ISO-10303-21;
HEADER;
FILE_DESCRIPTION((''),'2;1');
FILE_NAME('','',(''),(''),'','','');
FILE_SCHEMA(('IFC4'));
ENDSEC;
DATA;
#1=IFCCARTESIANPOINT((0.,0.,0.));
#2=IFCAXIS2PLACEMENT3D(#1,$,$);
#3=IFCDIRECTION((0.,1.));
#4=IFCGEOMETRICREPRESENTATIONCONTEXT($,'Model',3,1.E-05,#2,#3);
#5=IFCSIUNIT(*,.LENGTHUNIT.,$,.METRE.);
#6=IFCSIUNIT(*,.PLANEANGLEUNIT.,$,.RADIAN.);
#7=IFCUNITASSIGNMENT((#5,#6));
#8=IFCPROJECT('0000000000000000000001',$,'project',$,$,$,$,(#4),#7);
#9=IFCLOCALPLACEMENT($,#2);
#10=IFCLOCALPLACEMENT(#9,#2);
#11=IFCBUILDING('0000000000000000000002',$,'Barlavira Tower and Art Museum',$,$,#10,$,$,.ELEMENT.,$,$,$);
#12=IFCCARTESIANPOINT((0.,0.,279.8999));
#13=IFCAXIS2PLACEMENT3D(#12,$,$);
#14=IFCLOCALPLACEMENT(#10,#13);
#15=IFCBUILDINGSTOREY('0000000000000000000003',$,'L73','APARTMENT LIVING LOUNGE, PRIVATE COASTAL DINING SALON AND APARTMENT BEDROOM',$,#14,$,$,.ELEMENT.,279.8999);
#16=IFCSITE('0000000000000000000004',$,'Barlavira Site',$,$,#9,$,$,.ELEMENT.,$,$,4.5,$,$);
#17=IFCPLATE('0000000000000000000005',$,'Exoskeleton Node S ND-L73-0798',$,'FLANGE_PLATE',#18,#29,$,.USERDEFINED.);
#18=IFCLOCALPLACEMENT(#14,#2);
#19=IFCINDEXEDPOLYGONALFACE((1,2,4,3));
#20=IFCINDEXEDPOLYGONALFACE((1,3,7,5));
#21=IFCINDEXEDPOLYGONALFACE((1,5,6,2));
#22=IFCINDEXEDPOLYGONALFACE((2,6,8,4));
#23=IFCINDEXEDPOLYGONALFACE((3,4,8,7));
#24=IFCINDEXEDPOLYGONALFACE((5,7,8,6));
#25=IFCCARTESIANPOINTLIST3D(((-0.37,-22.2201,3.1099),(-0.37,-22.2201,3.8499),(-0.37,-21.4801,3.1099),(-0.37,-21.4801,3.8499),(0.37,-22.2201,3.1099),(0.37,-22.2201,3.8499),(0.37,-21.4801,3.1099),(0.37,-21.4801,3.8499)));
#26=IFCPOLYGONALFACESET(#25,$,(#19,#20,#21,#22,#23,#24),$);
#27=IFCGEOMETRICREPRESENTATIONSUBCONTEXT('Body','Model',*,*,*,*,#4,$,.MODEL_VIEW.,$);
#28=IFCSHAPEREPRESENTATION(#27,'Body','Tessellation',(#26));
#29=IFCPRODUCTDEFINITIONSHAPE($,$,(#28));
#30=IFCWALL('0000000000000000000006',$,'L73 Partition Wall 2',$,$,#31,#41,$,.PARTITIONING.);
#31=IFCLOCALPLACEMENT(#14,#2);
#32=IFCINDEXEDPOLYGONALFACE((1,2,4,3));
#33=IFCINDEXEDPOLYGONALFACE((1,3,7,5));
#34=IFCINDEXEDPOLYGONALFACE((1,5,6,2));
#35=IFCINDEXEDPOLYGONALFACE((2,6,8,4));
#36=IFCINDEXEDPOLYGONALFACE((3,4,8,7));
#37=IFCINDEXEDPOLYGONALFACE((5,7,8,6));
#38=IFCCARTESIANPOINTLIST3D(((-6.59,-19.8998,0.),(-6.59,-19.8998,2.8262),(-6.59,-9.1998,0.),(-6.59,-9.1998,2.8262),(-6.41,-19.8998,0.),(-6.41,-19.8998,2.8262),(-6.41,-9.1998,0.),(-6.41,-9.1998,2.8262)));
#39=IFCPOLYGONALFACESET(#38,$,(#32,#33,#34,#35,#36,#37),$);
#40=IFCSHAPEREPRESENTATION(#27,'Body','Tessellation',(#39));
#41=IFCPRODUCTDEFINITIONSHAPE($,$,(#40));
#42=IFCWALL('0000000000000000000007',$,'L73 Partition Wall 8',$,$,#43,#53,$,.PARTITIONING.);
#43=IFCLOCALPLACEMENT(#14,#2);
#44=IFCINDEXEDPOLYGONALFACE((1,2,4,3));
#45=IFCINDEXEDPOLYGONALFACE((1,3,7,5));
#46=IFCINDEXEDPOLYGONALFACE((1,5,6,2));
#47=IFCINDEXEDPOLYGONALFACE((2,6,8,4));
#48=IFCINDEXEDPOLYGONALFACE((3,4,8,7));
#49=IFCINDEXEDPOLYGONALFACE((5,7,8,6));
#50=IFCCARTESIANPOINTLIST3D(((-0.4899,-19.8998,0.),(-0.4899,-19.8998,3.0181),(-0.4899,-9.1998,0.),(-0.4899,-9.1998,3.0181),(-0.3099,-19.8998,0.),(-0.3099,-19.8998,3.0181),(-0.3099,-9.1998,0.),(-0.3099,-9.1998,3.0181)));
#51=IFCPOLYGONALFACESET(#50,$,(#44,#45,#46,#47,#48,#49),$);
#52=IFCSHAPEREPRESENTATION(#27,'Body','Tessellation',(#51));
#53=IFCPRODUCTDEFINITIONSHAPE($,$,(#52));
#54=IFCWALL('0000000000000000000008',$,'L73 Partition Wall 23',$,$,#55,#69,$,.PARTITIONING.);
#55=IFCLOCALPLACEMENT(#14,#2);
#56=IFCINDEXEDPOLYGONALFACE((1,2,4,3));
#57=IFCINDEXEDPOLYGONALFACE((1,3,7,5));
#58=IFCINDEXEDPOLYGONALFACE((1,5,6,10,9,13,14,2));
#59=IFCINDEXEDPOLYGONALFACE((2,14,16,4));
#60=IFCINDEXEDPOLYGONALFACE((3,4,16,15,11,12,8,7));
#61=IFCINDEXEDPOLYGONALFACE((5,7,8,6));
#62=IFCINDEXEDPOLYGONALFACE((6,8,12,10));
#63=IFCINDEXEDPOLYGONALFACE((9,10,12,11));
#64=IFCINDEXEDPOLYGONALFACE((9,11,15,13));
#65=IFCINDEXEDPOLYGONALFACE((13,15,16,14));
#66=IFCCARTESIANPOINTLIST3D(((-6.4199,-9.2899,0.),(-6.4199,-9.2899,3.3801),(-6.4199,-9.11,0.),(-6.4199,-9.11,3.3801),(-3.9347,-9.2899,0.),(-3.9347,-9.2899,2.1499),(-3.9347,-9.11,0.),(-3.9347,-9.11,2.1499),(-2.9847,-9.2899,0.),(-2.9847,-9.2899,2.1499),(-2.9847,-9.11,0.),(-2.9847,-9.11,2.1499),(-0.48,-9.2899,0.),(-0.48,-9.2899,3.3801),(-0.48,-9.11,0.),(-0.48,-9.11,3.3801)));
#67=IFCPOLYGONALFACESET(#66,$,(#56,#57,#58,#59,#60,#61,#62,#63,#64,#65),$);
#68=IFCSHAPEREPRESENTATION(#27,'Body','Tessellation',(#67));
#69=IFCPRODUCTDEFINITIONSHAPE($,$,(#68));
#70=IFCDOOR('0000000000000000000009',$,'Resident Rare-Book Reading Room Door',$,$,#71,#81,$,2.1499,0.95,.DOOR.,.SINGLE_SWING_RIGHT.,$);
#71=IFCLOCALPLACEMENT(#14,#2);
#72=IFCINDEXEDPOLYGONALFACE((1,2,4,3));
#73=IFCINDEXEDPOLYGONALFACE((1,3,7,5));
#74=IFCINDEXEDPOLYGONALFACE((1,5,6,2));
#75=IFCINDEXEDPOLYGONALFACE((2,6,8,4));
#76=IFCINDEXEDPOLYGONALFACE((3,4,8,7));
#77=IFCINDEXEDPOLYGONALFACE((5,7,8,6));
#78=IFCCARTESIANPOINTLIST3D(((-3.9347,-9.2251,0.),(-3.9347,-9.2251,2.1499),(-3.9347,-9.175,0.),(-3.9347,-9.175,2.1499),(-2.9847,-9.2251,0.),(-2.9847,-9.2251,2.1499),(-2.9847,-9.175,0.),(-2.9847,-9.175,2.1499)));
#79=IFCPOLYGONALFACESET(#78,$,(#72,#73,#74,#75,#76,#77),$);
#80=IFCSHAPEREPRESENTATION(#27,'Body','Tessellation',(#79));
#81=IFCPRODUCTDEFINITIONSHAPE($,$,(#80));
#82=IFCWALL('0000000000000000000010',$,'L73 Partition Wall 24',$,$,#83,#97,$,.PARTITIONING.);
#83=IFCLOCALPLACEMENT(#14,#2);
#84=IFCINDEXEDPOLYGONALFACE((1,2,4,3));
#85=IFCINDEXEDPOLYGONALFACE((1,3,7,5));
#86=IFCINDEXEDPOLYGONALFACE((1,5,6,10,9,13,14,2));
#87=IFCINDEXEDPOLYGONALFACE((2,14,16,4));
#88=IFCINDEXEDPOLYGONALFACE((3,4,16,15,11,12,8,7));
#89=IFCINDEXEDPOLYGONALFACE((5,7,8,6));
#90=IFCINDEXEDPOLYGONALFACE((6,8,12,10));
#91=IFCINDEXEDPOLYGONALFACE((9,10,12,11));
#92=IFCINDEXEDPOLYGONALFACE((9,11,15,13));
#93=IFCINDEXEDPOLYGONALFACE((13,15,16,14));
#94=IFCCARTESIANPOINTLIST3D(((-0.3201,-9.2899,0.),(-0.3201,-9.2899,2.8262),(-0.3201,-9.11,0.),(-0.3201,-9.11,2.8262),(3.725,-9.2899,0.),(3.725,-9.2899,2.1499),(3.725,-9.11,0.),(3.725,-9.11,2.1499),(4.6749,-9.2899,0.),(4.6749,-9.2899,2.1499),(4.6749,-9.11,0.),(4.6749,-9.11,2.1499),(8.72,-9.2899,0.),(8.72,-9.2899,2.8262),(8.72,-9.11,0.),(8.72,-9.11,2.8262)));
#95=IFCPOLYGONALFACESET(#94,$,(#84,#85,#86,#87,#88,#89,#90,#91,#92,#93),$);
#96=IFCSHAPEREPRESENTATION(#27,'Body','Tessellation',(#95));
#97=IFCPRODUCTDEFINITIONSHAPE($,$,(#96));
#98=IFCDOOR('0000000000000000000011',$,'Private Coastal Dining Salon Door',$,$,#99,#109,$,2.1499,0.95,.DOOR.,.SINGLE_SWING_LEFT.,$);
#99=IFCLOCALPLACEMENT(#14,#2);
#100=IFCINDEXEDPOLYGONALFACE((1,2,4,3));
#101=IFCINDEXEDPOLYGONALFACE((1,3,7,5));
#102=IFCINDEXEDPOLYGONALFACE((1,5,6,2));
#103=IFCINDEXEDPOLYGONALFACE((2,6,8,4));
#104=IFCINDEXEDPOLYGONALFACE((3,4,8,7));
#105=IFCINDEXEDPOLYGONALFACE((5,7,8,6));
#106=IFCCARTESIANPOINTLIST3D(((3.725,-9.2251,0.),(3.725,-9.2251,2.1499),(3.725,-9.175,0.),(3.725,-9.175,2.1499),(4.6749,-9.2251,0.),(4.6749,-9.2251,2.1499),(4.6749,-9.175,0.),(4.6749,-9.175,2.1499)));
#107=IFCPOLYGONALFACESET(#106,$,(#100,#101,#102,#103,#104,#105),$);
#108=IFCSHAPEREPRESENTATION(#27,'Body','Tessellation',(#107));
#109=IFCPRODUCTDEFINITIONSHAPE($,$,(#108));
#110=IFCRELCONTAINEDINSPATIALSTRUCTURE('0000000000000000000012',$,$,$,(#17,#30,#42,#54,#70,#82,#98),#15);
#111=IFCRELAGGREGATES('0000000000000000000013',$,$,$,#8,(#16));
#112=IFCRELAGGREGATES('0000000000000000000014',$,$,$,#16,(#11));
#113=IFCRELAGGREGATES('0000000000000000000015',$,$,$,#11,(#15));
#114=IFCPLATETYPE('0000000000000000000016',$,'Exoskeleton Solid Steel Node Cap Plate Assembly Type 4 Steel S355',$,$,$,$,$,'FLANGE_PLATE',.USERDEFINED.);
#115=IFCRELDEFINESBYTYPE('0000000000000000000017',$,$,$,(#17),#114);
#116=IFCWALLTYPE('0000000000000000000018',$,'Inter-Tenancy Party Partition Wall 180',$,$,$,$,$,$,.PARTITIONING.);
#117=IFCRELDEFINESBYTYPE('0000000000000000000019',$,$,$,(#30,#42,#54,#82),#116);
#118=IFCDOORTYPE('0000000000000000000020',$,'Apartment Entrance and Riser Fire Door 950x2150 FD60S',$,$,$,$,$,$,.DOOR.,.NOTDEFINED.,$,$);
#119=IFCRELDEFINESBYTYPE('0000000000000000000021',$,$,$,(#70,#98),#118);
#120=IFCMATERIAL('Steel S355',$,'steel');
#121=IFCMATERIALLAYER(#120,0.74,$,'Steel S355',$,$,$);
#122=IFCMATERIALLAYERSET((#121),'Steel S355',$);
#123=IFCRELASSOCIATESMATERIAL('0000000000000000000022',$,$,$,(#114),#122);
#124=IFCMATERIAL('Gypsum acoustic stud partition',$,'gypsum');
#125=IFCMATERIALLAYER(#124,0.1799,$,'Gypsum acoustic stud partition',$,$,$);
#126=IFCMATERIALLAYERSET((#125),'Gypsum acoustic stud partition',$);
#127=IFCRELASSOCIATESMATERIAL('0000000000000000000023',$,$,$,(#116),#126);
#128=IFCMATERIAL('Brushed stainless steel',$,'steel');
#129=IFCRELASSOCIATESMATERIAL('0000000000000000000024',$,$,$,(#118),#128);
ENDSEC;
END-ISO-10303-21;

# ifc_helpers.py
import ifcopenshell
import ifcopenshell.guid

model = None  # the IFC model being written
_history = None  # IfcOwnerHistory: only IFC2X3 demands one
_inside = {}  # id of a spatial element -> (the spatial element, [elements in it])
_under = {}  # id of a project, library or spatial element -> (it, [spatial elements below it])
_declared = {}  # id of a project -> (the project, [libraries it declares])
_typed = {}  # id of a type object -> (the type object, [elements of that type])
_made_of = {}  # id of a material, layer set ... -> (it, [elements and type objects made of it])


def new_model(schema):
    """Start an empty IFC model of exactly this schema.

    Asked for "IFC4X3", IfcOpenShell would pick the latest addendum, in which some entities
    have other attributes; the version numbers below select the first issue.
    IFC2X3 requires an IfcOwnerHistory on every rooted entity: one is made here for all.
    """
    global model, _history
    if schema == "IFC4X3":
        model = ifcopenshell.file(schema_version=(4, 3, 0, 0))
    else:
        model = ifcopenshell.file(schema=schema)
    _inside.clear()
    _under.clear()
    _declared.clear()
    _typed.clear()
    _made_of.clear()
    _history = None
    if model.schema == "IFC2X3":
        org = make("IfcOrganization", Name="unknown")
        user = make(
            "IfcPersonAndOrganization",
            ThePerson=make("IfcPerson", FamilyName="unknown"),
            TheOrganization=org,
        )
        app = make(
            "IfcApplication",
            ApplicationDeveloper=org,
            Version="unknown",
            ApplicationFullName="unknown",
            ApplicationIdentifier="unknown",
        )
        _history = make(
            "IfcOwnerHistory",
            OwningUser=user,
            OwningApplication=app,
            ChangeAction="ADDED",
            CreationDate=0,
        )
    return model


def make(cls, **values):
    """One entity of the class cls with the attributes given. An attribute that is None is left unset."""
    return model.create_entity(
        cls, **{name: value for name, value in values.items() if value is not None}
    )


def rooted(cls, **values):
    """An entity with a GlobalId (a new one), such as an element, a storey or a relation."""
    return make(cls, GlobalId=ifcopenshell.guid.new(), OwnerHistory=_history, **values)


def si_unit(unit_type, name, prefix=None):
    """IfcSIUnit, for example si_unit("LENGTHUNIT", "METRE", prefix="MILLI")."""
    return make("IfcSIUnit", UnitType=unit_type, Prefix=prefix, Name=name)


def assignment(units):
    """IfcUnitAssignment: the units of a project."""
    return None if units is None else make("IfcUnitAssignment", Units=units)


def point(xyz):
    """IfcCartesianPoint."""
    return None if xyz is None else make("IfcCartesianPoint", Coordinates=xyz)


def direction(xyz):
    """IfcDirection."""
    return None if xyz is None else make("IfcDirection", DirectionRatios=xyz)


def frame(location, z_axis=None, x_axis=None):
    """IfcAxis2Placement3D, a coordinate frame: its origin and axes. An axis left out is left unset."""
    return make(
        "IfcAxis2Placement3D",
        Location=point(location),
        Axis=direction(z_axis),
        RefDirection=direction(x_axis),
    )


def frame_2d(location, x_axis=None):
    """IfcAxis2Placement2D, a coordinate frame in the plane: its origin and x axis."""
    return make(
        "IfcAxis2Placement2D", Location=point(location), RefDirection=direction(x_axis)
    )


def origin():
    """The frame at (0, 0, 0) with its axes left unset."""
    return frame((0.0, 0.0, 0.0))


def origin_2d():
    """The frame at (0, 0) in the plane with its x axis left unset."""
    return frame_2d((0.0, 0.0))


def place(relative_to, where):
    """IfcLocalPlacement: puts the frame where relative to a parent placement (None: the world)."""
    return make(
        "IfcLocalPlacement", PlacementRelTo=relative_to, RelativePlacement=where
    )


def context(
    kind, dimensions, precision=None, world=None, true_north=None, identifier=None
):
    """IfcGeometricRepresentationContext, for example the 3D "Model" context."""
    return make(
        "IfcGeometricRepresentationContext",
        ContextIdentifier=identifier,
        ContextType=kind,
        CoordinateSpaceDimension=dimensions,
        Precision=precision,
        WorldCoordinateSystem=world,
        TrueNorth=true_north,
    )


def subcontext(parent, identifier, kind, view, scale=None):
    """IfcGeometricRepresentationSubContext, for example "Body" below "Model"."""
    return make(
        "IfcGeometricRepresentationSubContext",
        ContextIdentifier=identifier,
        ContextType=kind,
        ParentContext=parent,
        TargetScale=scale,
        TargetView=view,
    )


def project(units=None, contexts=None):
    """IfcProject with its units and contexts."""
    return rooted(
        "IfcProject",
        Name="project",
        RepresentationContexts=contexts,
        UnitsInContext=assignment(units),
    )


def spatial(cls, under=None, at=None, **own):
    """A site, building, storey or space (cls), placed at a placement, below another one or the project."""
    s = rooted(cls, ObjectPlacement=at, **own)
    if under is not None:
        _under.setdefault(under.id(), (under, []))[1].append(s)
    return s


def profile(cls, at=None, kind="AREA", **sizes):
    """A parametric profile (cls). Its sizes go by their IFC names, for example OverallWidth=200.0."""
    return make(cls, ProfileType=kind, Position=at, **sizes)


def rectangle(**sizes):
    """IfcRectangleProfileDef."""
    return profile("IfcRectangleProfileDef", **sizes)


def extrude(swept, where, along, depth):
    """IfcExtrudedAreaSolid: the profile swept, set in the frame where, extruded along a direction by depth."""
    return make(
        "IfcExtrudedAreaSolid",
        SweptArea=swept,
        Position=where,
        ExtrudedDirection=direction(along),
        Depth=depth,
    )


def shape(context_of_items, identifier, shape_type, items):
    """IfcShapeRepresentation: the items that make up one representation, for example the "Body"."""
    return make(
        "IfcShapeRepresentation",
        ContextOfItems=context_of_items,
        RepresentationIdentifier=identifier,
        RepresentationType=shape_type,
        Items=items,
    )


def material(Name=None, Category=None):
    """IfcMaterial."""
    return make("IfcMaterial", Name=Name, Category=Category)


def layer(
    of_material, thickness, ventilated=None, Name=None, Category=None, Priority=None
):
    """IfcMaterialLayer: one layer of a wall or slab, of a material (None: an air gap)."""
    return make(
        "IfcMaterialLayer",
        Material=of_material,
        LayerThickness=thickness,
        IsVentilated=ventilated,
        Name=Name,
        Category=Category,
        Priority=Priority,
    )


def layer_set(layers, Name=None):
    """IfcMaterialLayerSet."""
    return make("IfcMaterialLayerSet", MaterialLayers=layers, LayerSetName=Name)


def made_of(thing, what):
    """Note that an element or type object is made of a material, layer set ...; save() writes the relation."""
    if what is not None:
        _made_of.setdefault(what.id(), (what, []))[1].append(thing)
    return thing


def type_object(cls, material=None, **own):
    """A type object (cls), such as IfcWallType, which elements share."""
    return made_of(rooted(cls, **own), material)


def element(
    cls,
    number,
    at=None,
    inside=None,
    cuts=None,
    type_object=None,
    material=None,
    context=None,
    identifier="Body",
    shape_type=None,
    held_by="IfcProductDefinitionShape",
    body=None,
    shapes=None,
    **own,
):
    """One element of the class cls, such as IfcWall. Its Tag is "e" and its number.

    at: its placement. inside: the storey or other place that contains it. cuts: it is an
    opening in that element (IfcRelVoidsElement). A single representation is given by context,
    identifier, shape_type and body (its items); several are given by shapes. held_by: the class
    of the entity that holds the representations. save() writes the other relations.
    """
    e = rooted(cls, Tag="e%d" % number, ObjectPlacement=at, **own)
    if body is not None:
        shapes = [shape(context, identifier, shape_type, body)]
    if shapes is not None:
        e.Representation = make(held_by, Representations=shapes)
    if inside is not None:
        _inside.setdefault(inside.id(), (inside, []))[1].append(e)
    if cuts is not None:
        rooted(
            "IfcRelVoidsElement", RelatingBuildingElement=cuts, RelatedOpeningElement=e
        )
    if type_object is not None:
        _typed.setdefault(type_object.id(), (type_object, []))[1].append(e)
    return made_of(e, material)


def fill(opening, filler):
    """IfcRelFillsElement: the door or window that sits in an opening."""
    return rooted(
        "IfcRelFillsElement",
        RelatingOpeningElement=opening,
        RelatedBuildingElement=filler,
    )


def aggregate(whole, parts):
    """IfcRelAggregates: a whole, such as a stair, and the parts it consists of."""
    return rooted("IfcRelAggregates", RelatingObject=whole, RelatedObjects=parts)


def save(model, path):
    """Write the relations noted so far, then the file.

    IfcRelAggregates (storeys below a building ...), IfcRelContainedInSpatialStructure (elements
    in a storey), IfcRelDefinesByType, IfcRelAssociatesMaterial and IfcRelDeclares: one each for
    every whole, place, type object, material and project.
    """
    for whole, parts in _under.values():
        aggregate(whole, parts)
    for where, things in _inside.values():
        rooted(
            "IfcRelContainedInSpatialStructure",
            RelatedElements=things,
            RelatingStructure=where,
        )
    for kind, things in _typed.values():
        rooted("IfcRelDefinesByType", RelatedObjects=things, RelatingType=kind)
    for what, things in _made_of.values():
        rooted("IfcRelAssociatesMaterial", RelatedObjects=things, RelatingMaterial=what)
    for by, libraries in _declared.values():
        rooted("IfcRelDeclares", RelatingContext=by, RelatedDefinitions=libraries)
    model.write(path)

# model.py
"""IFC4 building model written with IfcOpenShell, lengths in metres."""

from ifc_helpers import new_model, si_unit, direction, frame, frame_2d, origin, origin_2d, place, context, subcontext, project, spatial, rectangle, extrude, material, layer, layer_set, type_object, element, fill, save


model = new_model("IFC4")

# Units and contexts
model_context = context("Model", 3, precision=1e-05, world=origin(), true_north=direction((0.0, 1.0)))
body_context = subcontext(model_context, "Body", "Model", "MODEL_VIEW")
ifc_project = project(units=[si_unit("LENGTHUNIT", "METRE"), si_unit("PLANEANGLEUNIT", "RADIAN")], contexts=[model_context])

# Site, building, storey
site_placement = place(None, origin())
site = spatial("IfcSite", under=ifc_project, at=site_placement, Name="Barlavira Site", CompositionType="ELEMENT", RefElevation=4.5)
building_placement = place(site_placement, origin())
building = spatial("IfcBuilding", under=site, at=building_placement, Name="Barlavira Tower and Art Museum", CompositionType="ELEMENT")
storey_placement = place(building_placement, frame((0.0, 0.0, 279.8999)))
storey = spatial("IfcBuildingStorey", under=building, at=storey_placement, Name="L73", Description="APARTMENT LIVING LOUNGE, PRIVATE COASTAL DINING SALON AND APARTMENT BEDROOM", CompositionType="ELEMENT", Elevation=279.8999)

# Shared definitions
ifc_material_1 = material(Name="Steel S355", Category="steel")

# Plate
ifc_layer_1 = layer(ifc_material_1, 0.74, Name="Steel S355")
ifc_layer_set_1 = layer_set([ifc_layer_1], Name="Steel S355")
plate_type_1 = type_object("IfcPlateType", Name="Exoskeleton Solid Steel Node Cap Plate Assembly Type 4 Steel S355", ElementType="FLANGE_PLATE", PredefinedType="USERDEFINED", material=ifc_layer_set_1)
plate_1_placement = place(storey_placement, frame((0.0, -21.8501, 3.1099), z_axis=(0.0, 0.0, 1.0), x_axis=(1.0, 0.0, 0.0)))
element("IfcPlate", 1, at=plate_1_placement, inside=storey, type_object=plate_type_1, Name="Exoskeleton Node S ND-L73-0798", ObjectType="FLANGE_PLATE", PredefinedType="USERDEFINED", context=body_context, shape_type="SweptSolid", body=[
    extrude(rectangle(XDim=0.74, YDim=0.74, at=origin_2d()), origin(), (0.0, 0.0, 1.0), 0.74),
])

# Walls
ifc_material_2 = material(Name="Gypsum acoustic stud partition", Category="gypsum")
ifc_layer_2 = layer(ifc_material_2, 0.1799, Name="Gypsum acoustic stud partition")
ifc_layer_set_2 = layer_set([ifc_layer_2], Name="Gypsum acoustic stud partition")
wall_type = type_object("IfcWallType", Name="Inter-Tenancy Party Partition Wall 180", PredefinedType="PARTITIONING", material=ifc_layer_set_2)
wall_1_placement = place(storey_placement, frame((-6.5, -19.8999, 0.0), z_axis=(0.0, 0.0, 1.0), x_axis=(0.0, 1.0, 0.0)))
element("IfcWall", 2, at=wall_1_placement, inside=storey, type_object=wall_type, Name="L73 Partition Wall 2", PredefinedType="PARTITIONING", context=body_context, shape_type="SweptSolid", body=[
    extrude(rectangle(XDim=10.7, YDim=0.1799, at=frame_2d((5.3501, 0.0))), origin(), (0.0, 0.0, 1.0), 2.8262),
])
wall_2_placement = place(storey_placement, frame((-0.3999, -19.8999, 0.0), z_axis=(0.0, 0.0, 1.0), x_axis=(0.0, 1.0, 0.0)))
element("IfcWall", 3, at=wall_2_placement, inside=storey, type_object=wall_type, Name="L73 Partition Wall 8", PredefinedType="PARTITIONING", context=body_context, shape_type="SweptSolid", body=[
    extrude(rectangle(XDim=10.7, YDim=0.1799, at=frame_2d((5.3501, 0.0))), origin(), (0.0, 0.0, 1.0), 3.0181),
])

# Walls, openings, doors
wall_3_placement = place(storey_placement, frame((-6.4199, -9.2, 0.0), z_axis=(0.0, 0.0, 1.0), x_axis=(1.0, 0.0, 0.0)))
wall_3 = element("IfcWall", 4, at=wall_3_placement, inside=storey, type_object=wall_type, Name="L73 Partition Wall 23", PredefinedType="PARTITIONING", context=body_context, shape_type="SweptSolid", body=[
    extrude(rectangle(XDim=5.9399, YDim=0.1799, at=frame_2d((2.97, 0.0))), origin(), (0.0, 0.0, 1.0), 3.3801),
])
opening_1_placement = place(wall_3_placement, frame((2.4851, 0.0, 0.0)))
opening_1 = element("IfcOpeningElement", 5, at=opening_1_placement, cuts=wall_3, PredefinedType="OPENING", context=body_context, shape_type="SweptSolid", body=[
    extrude(rectangle(XDim=0.95, YDim=2.1499, at=frame_2d((0.4751, 1.075))), frame((0.0, 0.1001, 0.0), z_axis=(0.0, -1.0, 0.0), x_axis=(1.0, 0.0, 0.0)), (0.0, 0.0, 1.0), 0.2),
])
ifc_material_3 = material(Name="Brushed stainless steel", Category="steel")
door_type = type_object("IfcDoorType", Name="Apartment Entrance and Riser Fire Door 950x2150 FD60S", OperationType="NOTDEFINED", PredefinedType="DOOR", material=ifc_material_3)
door_1_placement = place(opening_1_placement, origin())
door_1 = element("IfcDoor", 6, at=door_1_placement, inside=storey, type_object=door_type, Name="Resident Rare-Book Reading Room Door", OperationType="SINGLE_SWING_RIGHT", OverallHeight=2.1499, OverallWidth=0.95, PredefinedType="DOOR", context=body_context, shape_type="SweptSolid", body=[
    extrude(rectangle(XDim=0.95, YDim=2.1499, at=frame_2d((0.4751, 1.075))), frame((0.0, 0.0249, 0.0), z_axis=(0.0, -1.0, 0.0), x_axis=(1.0, 0.0, 0.0)), (0.0, 0.0, 1.0), 0.05),
])
fill(opening_1, door_1)
wall_4_placement = place(storey_placement, frame((-0.3201, -9.2, 0.0), z_axis=(0.0, 0.0, 1.0), x_axis=(1.0, 0.0, 0.0)))
wall_4 = element("IfcWall", 7, at=wall_4_placement, inside=storey, type_object=wall_type, Name="L73 Partition Wall 24", PredefinedType="PARTITIONING", context=body_context, shape_type="SweptSolid", body=[
    extrude(rectangle(XDim=9.04, YDim=0.1799, at=frame_2d((4.52, 0.0))), origin(), (0.0, 0.0, 1.0), 2.8262),
])
opening_2_placement = place(wall_4_placement, frame((4.0449, 0.0, 0.0)))
opening_2 = element("IfcOpeningElement", 8, at=opening_2_placement, cuts=wall_4, PredefinedType="OPENING", context=body_context, shape_type="SweptSolid", body=[
    extrude(rectangle(XDim=0.95, YDim=2.1499, at=frame_2d((0.4751, 1.075))), frame((0.0, 0.1001, 0.0), z_axis=(0.0, -1.0, 0.0), x_axis=(1.0, 0.0, 0.0)), (0.0, 0.0, 1.0), 0.2),
])
door_2_placement = place(opening_2_placement, origin())
door_2 = element("IfcDoor", 9, at=door_2_placement, inside=storey, type_object=door_type, Name="Private Coastal Dining Salon Door", OperationType="SINGLE_SWING_LEFT", OverallHeight=2.1499, OverallWidth=0.95, PredefinedType="DOOR", context=body_context, shape_type="SweptSolid", body=[
    extrude(rectangle(XDim=0.95, YDim=2.1499, at=frame_2d((0.4751, 1.075))), frame((0.0, 0.0249, 0.0), z_axis=(0.0, -1.0, 0.0), x_axis=(1.0, 0.0, 0.0)), (0.0, 0.0, 1.0), 0.05),
])
fill(opening_2, door_2)

save(model, "model.ifc")
